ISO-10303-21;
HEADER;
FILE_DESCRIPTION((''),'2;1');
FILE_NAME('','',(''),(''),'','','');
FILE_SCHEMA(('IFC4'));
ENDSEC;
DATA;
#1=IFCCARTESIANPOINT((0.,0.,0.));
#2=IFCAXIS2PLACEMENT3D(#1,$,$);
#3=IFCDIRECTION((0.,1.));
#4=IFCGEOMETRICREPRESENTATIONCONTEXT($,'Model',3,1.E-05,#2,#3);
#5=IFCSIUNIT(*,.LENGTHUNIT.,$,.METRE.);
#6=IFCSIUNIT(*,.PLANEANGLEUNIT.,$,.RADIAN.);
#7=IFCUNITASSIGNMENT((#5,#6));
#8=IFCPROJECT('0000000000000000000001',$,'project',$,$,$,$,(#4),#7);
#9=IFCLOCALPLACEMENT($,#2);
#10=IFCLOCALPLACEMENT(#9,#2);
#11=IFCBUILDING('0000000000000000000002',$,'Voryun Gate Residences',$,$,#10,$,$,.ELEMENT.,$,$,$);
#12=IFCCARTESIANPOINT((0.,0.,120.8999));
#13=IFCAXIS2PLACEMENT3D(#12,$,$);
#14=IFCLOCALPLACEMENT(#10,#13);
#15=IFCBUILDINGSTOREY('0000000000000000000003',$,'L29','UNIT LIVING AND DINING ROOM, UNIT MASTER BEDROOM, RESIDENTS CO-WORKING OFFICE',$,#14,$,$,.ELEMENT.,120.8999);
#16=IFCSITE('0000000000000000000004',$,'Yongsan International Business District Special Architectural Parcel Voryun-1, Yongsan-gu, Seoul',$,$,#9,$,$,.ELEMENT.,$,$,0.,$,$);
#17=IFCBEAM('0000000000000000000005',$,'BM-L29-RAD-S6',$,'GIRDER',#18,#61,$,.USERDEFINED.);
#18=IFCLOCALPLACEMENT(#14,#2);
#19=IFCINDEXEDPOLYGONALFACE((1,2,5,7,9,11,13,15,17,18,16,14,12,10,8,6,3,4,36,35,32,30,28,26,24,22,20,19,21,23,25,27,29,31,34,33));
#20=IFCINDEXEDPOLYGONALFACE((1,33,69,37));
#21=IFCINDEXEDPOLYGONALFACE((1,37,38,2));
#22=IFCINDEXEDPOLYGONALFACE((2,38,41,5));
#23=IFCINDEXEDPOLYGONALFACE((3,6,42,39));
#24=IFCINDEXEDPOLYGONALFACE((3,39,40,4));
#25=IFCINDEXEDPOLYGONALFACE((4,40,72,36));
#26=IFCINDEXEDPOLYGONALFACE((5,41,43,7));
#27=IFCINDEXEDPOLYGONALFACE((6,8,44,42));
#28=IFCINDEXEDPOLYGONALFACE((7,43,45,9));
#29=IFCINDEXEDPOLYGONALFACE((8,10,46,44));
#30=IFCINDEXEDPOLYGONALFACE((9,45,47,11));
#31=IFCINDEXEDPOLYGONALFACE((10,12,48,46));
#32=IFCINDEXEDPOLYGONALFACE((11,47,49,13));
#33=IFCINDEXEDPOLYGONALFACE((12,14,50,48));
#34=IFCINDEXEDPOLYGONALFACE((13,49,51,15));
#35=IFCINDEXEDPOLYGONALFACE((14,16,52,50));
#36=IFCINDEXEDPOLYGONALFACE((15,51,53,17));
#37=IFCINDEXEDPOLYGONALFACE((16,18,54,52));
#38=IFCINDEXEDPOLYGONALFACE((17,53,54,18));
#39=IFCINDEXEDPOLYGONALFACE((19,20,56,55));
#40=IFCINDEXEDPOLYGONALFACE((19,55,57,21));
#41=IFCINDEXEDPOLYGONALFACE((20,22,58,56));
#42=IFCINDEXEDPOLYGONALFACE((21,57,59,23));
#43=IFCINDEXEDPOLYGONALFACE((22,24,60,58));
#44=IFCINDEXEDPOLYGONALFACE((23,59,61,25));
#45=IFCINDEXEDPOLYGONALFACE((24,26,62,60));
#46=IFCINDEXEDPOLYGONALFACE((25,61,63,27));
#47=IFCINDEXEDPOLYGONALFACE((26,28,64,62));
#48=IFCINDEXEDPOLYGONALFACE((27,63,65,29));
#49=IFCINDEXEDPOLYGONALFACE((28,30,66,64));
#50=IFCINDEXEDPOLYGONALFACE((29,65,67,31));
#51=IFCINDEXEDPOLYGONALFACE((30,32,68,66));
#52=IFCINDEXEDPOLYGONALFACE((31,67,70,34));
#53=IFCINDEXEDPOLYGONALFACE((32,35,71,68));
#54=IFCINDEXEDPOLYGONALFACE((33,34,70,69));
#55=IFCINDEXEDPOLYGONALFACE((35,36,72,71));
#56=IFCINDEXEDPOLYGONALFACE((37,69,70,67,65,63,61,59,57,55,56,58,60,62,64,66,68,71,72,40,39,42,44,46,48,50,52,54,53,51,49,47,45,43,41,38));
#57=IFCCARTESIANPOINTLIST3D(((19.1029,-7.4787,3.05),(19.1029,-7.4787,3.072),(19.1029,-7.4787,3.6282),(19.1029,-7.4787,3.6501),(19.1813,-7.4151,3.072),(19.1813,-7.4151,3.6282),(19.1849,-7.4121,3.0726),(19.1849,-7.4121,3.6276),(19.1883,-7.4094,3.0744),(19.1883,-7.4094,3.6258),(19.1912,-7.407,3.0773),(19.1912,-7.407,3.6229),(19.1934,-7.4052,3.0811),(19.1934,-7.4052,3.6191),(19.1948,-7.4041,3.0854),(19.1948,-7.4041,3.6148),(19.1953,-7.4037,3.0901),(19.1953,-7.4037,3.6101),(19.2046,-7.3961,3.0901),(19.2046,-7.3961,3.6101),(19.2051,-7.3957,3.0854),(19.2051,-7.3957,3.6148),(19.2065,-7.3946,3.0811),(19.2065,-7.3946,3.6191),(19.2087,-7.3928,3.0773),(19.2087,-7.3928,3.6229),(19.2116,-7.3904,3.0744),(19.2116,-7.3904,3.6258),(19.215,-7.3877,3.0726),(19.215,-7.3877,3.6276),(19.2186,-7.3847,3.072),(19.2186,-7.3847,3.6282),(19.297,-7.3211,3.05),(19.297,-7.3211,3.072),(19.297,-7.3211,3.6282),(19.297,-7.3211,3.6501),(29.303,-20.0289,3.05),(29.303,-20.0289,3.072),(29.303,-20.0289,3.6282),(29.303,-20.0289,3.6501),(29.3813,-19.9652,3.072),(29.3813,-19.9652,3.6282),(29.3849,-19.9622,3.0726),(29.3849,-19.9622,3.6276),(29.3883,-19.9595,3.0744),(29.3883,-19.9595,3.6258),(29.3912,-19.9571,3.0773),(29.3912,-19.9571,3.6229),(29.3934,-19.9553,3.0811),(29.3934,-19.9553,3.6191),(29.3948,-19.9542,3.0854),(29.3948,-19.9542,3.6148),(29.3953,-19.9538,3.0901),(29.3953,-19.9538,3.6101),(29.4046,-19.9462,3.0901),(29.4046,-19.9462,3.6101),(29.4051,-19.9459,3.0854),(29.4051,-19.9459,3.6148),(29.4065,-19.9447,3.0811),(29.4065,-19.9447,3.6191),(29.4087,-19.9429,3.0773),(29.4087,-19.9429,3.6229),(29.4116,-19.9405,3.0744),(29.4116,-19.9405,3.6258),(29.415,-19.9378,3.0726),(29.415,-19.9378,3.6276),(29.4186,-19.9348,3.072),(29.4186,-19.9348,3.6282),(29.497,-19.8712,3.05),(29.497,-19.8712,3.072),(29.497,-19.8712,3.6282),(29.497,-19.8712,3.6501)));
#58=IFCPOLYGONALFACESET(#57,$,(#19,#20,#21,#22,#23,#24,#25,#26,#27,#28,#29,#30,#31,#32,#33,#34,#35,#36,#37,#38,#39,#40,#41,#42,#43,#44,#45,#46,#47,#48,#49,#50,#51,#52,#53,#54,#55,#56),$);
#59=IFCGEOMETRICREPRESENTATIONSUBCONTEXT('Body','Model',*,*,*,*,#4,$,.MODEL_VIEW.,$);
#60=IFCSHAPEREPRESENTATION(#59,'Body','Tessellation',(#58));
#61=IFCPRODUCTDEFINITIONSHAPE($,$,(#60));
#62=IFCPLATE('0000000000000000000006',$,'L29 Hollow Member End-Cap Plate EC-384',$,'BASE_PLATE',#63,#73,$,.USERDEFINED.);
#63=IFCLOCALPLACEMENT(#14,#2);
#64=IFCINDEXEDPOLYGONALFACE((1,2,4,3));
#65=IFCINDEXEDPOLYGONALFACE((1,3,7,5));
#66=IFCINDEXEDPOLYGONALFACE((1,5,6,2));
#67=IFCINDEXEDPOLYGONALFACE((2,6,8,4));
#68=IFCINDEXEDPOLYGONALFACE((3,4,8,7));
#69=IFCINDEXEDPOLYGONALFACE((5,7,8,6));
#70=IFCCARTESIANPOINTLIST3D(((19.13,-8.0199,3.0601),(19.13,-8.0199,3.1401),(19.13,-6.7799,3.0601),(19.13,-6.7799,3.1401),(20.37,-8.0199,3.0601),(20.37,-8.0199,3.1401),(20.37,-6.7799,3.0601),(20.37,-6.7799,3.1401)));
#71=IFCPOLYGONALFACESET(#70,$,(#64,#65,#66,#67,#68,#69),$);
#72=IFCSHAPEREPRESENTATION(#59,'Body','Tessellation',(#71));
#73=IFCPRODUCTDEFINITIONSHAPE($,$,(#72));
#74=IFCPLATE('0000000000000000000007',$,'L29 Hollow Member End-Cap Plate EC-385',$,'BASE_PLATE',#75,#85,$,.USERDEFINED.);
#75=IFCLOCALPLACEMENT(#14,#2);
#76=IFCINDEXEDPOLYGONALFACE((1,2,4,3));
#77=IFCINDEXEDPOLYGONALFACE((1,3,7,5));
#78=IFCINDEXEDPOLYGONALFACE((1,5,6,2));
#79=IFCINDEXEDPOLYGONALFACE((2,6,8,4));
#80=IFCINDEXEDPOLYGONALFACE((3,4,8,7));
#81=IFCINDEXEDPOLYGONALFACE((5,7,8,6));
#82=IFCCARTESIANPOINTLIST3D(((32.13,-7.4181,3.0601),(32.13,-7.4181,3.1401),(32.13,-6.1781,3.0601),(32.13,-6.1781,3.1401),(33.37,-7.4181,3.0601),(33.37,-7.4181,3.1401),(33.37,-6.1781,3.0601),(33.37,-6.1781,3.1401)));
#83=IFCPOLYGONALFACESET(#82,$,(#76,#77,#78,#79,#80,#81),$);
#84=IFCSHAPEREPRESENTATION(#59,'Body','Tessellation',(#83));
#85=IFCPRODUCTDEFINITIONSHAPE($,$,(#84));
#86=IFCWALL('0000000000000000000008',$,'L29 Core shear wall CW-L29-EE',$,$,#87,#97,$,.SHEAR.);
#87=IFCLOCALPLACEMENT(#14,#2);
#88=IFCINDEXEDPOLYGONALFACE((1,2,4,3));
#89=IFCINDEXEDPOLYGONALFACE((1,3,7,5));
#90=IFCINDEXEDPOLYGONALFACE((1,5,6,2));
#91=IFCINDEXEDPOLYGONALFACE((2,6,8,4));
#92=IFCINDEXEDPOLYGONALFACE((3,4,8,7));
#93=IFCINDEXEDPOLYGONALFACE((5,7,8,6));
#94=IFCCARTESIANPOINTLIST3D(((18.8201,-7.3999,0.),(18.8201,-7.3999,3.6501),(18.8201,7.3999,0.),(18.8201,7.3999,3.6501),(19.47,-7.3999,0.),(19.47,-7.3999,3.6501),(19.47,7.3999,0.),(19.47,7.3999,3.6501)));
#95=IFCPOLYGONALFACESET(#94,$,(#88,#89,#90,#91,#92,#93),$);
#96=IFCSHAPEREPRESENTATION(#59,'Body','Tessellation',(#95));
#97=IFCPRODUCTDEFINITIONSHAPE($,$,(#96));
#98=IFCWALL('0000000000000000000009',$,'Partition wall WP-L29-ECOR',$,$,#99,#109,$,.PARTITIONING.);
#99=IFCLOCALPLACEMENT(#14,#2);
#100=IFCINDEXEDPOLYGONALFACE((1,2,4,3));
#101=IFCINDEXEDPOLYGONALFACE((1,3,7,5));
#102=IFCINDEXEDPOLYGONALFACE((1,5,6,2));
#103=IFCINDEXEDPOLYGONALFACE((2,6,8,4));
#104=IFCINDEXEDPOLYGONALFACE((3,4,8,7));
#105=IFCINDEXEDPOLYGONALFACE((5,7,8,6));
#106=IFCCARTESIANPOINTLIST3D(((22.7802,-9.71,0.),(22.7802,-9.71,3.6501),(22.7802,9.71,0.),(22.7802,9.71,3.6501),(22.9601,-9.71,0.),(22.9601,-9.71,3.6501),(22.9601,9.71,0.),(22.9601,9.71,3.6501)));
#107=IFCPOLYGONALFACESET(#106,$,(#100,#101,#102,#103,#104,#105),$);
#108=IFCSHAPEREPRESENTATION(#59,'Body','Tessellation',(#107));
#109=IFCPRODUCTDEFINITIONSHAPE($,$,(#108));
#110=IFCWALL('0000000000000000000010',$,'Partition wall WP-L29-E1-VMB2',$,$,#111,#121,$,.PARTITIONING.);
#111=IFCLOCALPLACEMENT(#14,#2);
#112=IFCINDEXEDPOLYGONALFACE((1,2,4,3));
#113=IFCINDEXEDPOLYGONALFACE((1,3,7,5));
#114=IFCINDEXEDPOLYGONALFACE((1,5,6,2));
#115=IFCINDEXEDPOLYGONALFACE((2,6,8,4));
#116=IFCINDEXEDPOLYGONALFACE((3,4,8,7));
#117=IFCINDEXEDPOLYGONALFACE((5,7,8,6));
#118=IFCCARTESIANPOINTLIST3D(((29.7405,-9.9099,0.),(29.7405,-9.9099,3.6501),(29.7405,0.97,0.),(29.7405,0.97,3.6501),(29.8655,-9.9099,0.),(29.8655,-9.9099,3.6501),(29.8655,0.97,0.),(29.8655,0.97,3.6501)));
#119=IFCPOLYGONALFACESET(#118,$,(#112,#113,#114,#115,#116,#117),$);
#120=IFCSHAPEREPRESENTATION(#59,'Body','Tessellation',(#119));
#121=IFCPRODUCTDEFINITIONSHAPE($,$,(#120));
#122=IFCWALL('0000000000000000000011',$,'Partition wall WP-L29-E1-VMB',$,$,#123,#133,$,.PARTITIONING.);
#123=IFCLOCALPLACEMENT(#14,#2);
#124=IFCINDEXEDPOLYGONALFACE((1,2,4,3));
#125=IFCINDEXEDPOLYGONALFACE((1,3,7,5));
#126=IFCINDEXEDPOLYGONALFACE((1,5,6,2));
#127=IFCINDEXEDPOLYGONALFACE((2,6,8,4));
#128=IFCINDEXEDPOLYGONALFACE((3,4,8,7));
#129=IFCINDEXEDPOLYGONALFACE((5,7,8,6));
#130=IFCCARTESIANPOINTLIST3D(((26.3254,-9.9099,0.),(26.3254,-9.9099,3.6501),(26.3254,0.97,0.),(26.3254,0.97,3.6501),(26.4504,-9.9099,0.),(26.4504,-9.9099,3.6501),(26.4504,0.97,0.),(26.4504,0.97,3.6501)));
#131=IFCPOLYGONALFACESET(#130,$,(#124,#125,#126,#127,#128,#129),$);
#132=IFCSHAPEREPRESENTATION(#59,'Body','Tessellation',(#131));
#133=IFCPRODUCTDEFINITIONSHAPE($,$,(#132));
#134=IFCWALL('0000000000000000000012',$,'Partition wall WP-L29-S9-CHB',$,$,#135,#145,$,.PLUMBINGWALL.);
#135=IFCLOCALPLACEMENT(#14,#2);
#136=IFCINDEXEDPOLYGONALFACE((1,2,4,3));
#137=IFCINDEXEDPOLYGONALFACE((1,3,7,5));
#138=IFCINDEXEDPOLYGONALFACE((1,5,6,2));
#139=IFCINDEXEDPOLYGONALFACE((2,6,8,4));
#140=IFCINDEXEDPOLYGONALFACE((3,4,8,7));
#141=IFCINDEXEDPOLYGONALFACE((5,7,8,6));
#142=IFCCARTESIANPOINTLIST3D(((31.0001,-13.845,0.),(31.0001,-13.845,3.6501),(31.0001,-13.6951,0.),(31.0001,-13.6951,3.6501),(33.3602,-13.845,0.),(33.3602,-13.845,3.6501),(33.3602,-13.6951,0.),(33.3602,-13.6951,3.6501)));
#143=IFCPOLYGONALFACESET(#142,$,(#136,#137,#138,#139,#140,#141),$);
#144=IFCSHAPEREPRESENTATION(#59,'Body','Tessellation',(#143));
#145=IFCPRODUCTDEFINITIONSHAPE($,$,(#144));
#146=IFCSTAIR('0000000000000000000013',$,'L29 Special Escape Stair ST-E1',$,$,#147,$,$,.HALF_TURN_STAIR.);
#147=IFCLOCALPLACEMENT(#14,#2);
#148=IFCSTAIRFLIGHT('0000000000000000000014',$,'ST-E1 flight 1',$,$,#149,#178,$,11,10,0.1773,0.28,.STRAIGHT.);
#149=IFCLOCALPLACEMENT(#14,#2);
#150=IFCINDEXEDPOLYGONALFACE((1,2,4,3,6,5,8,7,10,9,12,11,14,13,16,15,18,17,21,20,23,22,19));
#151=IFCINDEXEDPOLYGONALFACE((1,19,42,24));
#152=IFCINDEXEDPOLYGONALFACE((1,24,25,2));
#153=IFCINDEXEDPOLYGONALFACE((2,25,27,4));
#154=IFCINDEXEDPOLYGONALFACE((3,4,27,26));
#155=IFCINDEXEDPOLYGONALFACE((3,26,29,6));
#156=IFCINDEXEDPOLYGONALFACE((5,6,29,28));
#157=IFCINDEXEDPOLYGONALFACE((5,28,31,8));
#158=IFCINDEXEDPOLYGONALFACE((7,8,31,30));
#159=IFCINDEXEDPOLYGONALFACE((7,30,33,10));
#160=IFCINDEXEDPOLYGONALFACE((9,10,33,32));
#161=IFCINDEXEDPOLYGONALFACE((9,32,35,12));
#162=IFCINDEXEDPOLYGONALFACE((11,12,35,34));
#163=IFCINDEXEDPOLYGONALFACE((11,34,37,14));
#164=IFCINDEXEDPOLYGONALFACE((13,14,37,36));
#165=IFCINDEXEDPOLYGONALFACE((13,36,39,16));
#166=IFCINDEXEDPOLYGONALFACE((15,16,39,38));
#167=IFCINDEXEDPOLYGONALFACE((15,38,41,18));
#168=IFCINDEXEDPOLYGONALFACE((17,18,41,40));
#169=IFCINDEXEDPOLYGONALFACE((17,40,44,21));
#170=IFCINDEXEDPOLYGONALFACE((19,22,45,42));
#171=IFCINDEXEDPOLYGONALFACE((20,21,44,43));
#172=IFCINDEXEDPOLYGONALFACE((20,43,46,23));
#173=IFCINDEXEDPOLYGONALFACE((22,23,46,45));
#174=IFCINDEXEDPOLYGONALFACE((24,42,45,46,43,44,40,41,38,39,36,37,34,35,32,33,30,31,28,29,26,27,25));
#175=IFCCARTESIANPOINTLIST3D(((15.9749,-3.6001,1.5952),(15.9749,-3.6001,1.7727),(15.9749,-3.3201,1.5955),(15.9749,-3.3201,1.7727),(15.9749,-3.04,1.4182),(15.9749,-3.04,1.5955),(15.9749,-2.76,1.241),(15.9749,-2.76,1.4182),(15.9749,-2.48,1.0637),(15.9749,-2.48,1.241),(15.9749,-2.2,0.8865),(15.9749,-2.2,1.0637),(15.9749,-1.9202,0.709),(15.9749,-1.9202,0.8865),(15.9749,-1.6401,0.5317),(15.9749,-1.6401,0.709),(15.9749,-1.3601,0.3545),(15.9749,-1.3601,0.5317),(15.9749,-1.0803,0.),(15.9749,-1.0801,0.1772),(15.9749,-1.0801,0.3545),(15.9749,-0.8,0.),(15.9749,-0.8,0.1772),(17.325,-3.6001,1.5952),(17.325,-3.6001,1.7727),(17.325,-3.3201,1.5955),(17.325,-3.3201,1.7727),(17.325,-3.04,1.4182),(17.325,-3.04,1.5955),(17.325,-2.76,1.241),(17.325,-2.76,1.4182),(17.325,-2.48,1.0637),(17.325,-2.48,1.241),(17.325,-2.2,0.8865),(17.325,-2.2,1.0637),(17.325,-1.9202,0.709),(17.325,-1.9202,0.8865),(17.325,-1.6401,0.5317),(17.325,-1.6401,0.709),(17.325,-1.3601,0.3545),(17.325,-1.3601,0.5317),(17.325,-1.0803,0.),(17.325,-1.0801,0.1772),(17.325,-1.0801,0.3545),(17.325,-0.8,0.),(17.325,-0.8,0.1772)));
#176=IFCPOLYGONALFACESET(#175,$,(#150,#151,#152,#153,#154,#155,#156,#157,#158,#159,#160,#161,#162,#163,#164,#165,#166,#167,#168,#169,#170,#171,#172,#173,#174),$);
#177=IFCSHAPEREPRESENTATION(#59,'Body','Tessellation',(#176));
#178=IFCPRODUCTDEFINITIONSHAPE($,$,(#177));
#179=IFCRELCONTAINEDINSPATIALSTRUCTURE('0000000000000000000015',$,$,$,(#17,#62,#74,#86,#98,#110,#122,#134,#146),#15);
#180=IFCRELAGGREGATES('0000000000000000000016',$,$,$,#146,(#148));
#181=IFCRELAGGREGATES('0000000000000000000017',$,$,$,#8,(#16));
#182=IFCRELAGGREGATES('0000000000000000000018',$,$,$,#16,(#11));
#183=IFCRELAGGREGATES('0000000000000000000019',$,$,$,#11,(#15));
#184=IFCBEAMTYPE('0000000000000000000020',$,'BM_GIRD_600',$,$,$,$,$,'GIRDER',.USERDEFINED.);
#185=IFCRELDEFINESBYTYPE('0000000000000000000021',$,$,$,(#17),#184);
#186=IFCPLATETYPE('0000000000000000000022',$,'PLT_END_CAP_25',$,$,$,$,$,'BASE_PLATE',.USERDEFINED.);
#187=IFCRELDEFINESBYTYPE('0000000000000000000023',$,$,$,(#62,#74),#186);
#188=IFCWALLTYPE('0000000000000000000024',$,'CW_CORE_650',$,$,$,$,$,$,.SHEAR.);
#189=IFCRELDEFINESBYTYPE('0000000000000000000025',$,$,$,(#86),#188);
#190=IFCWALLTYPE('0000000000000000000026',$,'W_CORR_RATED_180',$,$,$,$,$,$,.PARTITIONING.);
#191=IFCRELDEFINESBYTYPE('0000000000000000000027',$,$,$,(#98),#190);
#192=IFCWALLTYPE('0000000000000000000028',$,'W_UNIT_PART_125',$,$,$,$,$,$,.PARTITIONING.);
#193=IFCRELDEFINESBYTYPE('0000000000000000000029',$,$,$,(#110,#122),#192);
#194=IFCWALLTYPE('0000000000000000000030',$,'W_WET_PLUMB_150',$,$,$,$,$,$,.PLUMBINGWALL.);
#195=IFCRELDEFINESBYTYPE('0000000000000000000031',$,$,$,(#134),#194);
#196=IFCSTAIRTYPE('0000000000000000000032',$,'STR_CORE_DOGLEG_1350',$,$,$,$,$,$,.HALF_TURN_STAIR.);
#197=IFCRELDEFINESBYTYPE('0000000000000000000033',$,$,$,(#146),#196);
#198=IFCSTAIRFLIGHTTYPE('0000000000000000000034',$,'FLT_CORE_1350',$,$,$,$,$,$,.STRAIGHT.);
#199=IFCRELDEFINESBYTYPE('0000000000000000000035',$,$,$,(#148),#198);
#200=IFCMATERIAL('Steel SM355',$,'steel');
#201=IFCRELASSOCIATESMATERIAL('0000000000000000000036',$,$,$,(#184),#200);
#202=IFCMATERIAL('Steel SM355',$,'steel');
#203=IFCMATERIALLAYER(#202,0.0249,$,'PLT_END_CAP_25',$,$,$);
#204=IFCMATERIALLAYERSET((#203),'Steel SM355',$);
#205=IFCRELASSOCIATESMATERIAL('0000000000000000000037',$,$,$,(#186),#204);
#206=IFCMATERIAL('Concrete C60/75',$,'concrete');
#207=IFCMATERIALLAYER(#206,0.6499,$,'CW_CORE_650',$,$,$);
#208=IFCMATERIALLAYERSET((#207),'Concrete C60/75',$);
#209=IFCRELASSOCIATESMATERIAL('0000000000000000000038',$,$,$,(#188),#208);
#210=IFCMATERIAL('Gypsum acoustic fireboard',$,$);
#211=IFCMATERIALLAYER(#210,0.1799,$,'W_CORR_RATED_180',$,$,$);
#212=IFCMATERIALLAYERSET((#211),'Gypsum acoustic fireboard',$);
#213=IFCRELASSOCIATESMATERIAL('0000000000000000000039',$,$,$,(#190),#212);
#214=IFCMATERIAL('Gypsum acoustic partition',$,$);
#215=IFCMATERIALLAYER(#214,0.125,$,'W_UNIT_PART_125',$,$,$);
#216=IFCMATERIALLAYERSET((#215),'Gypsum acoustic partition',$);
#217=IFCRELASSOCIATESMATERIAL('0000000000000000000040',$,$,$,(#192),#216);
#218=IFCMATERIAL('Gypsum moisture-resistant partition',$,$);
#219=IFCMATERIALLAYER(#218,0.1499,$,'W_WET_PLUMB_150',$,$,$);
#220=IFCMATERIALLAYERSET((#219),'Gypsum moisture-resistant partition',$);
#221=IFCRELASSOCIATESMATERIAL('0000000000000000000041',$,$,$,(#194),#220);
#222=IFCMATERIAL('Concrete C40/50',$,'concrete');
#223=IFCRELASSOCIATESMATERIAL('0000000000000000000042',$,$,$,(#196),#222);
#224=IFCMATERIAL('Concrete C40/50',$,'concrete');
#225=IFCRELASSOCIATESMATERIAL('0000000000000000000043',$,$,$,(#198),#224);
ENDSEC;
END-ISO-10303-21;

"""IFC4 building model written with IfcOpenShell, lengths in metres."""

from ifc_helpers import new_model, si_unit, direction, frame, frame_2d, origin, origin_2d, place, context, subcontext, project, spatial, polyline, rectangle, i_section, outline, extrude, material, layer, layer_set, material_profile, profile_set, type_object, element, aggregate, save


model = new_model("IFC4")

# Units and contexts
model_context = context("Model", 3, precision=1e-05, world=origin(), true_north=direction((0.0, 1.0)))
body_context = subcontext(model_context, "Body", "Model", "MODEL_VIEW")
ifc_project = project(units=[si_unit("LENGTHUNIT", "METRE"), si_unit("PLANEANGLEUNIT", "RADIAN")], contexts=[model_context])

# Site, building, storey
site_placement = place(None, origin())
site = spatial("IfcSite", under=ifc_project, at=site_placement, Name="Yongsan International Business District Special Architectural Parcel Voryun-1, Yongsan-gu, Seoul", CompositionType="ELEMENT", RefElevation=0.0)
building_placement = place(site_placement, origin())
building = spatial("IfcBuilding", under=site, at=building_placement, Name="Voryun Gate Residences", CompositionType="ELEMENT")
storey_placement = place(building_placement, frame((0.0, 0.0, 120.8999)))
storey = spatial("IfcBuildingStorey", under=building, at=storey_placement, Name="L29", Description="UNIT LIVING AND DINING ROOM, UNIT MASTER BEDROOM, RESIDENTS CO-WORKING OFFICE", CompositionType="ELEMENT", Elevation=120.8999)

# Beam
ifc_material_1 = material(Name="Steel SM355", Category="steel")
ifc_material_profile_1 = material_profile(ifc_material_1, i_section(OverallWidth=0.25, OverallDepth=0.6001, WebThickness=0.012, FlangeThickness=0.022, FilletRadius=0.0181, at=origin_2d()), Name="H-600x250x12x22")
ifc_profile_set_1 = profile_set([ifc_material_profile_1], Name="Steel SM355")
beam_type_1 = type_object("IfcBeamType", Name="BM_GIRD_600", ElementType="GIRDER", PredefinedType="USERDEFINED", material=ifc_profile_set_1)
beam_1_placement = place(storey_placement, frame((19.2, -7.3999, 3.3501), z_axis=(0.630706, -0.776022, 0.0), x_axis=(0.776022, 0.630706, 0.0)))
element("IfcBeam", 1, at=beam_1_placement, inside=storey, type_object=beam_type_1, Name="BM-L29-RAD-S6", ObjectType="GIRDER", PredefinedType="USERDEFINED", context=body_context, shape_type="SweptSolid", body=[
    extrude(i_section(OverallWidth=0.25, OverallDepth=0.6001, WebThickness=0.012, FlangeThickness=0.022, FilletRadius=0.0181, at=origin_2d()), origin(), (0.0, 0.0, 1.0), 16.1724),
])

# Plates
ifc_material_2 = material(Name="Steel SM355", Category="steel")
ifc_layer_1 = layer(ifc_material_2, 0.0249, Name="PLT_END_CAP_25")
ifc_layer_set_1 = layer_set([ifc_layer_1], Name="Steel SM355")
plate_type = type_object("IfcPlateType", Name="PLT_END_CAP_25", ElementType="BASE_PLATE", PredefinedType="USERDEFINED", material=ifc_layer_set_1)
for number, where, z_axis, x_axis, name in (
    (2, (19.75, -7.3999, 3.0601), (0.0, 0.0, 1.0), (1.0, 0.0, 0.0), "L29 Hollow Member End-Cap Plate EC-384"),
    (3, (32.75, -6.7981, 3.0601), (0.0, 0.0, 1.0), (1.0, 0.0, 0.0), "L29 Hollow Member End-Cap Plate EC-385"),
):
    element("IfcPlate", number, at=place(storey_placement, frame(where, z_axis=z_axis, x_axis=x_axis)), inside=storey, type_object=plate_type, Name=name, ObjectType="BASE_PLATE", PredefinedType="USERDEFINED", context=body_context, shape_type="SweptSolid", body=[
        extrude(rectangle(XDim=1.24, YDim=1.24, at=origin_2d()), origin(), (0.0, 0.0, 1.0), 0.0801),
    ])

# Walls
ifc_material_3 = material(Name="Concrete C60/75", Category="concrete")
ifc_layer_2 = layer(ifc_material_3, 0.6499, Name="CW_CORE_650")
ifc_layer_set_2 = layer_set([ifc_layer_2], Name="Concrete C60/75")
wall_type_1 = type_object("IfcWallType", Name="CW_CORE_650", PredefinedType="SHEAR", material=ifc_layer_set_2)
wall_1_placement = place(storey_placement, frame((19.145, -7.3999, 0.0), z_axis=(0.0, 0.0, 1.0), x_axis=(0.0, 1.0, 0.0)))
element("IfcWall", 4, at=wall_1_placement, inside=storey, type_object=wall_type_1, Name="L29 Core shear wall CW-L29-EE", PredefinedType="SHEAR", context=body_context, shape_type="SweptSolid", body=[
    extrude(rectangle(XDim=14.7998, YDim=0.6499, at=frame_2d((7.3999, 0.0))), origin(), (0.0, 0.0, 1.0), 3.6501),
])
ifc_material_4 = material(Name="Gypsum acoustic fireboard")
ifc_layer_3 = layer(ifc_material_4, 0.1799, Name="W_CORR_RATED_180")
ifc_layer_set_3 = layer_set([ifc_layer_3], Name="Gypsum acoustic fireboard")
wall_type_2 = type_object("IfcWallType", Name="W_CORR_RATED_180", PredefinedType="PARTITIONING", material=ifc_layer_set_3)
wall_2_placement = place(storey_placement, frame((22.8701, -9.71, 0.0), z_axis=(0.0, 0.0, 1.0), x_axis=(0.0, 1.0, 0.0)))
element("IfcWall", 5, at=wall_2_placement, inside=storey, type_object=wall_type_2, Name="Partition wall WP-L29-ECOR", PredefinedType="PARTITIONING", context=body_context, shape_type="SweptSolid", body=[
    extrude(rectangle(XDim=19.4199, YDim=0.1799, at=frame_2d((9.71, 0.0))), origin(), (0.0, 0.0, 1.0), 3.6501),
])
ifc_material_5 = material(Name="Gypsum acoustic partition")
ifc_layer_4 = layer(ifc_material_5, 0.125, Name="W_UNIT_PART_125")
ifc_layer_set_4 = layer_set([ifc_layer_4], Name="Gypsum acoustic partition")
wall_type_3 = type_object("IfcWallType", Name="W_UNIT_PART_125", PredefinedType="PARTITIONING", material=ifc_layer_set_4)
for number, where, z_axis, x_axis, name in (
    (6, (29.803, -9.9099, 0.0), (0.0, 0.0, 1.0), (0.0, 1.0, 0.0), "Partition wall WP-L29-E1-VMB2"),
    (7, (26.3879, -9.9099, 0.0), (0.0, 0.0, 1.0), (0.0, 1.0, 0.0), "Partition wall WP-L29-E1-VMB"),
):
    element("IfcWall", number, at=place(storey_placement, frame(where, z_axis=z_axis, x_axis=x_axis)), inside=storey, type_object=wall_type_3, Name=name, PredefinedType="PARTITIONING", context=body_context, shape_type="SweptSolid", body=[
        extrude(rectangle(XDim=10.8799, YDim=0.125, at=frame_2d((5.4399, 0.0))), origin(), (0.0, 0.0, 1.0), 3.6501),
    ])
ifc_material_6 = material(Name="Gypsum moisture-resistant partition")
ifc_layer_5 = layer(ifc_material_6, 0.1499, Name="W_WET_PLUMB_150")
ifc_layer_set_5 = layer_set([ifc_layer_5], Name="Gypsum moisture-resistant partition")
wall_type_4 = type_object("IfcWallType", Name="W_WET_PLUMB_150", PredefinedType="PLUMBINGWALL", material=ifc_layer_set_5)
wall_3_placement = place(storey_placement, frame((31.0, -13.77, 0.0), z_axis=(0.0, 0.0, 1.0), x_axis=(1.0, 0.0, 0.0)))
element("IfcWall", 8, at=wall_3_placement, inside=storey, type_object=wall_type_4, Name="Partition wall WP-L29-S9-CHB", PredefinedType="PLUMBINGWALL", context=body_context, shape_type="SweptSolid", body=[
    extrude(rectangle(XDim=2.3601, YDim=0.1499, at=frame_2d((1.1802, 0.0))), origin(), (0.0, 0.0, 1.0), 3.6501),
])

# Stair, stair flight
ifc_material_7 = material(Name="Concrete C40/50", Category="concrete")
stair_type = type_object("IfcStairType", Name="STR_CORE_DOGLEG_1350", PredefinedType="HALF_TURN_STAIR", material=ifc_material_7)
stair_placement = place(storey_placement, origin())
stair = element("IfcStair", 9, at=stair_placement, inside=storey, type_object=stair_type, Name="L29 Special Escape Stair ST-E1", PredefinedType="HALF_TURN_STAIR")
ifc_material_8 = material(Name="Concrete C40/50", Category="concrete")
stair_flight_type = type_object("IfcStairFlightType", Name="FLT_CORE_1350", PredefinedType="STRAIGHT", material=ifc_material_8)
stair_flight_1_placement = place(storey_placement, frame((16.6499, -0.8, 0.0), z_axis=(0.0, 0.0, 1.0), x_axis=(0.0, -1.0, 0.0)))
stair_flight_1 = element("IfcStairFlight", 10, at=stair_flight_1_placement, type_object=stair_flight_type, Name="ST-E1 flight 1", NumberOfRisers=11, NumberOfTreads=10, PredefinedType="STRAIGHT", RiserHeight=0.1773, TreadLength=0.28, context=body_context, shape_type="SweptSolid", body=[
    extrude(outline(polyline([(0.0, 0.0), (0.0, 0.1772), (0.28, 0.1772), (0.28, 0.3545), (0.5601, 0.3545), (0.5601, 0.5317), (0.8401, 0.5317), (0.8401, 0.709), (1.1201, 0.709), (1.1201, 0.8865), (1.3999, 0.8865), (1.3999, 1.0637), (1.6799, 1.0637), (1.6799, 1.241), (1.96, 1.241), (1.96, 1.4182), (2.24, 1.4182), (2.24, 1.5955), (2.52, 1.5955), (2.52, 1.7727), (2.8, 1.7727), (2.8, 1.95), (2.8, 1.5952), (0.2803, 0.0), (0.0, 0.0)])), frame((0.0, 0.675, 0.0), z_axis=(0.0, -1.0, 0.0), x_axis=(1.0, 0.0, 0.0)), (0.0, 0.0, 1.0), 1.3501),
])
aggregate(stair, [stair_flight_1])

save(model, "model.ifc")
